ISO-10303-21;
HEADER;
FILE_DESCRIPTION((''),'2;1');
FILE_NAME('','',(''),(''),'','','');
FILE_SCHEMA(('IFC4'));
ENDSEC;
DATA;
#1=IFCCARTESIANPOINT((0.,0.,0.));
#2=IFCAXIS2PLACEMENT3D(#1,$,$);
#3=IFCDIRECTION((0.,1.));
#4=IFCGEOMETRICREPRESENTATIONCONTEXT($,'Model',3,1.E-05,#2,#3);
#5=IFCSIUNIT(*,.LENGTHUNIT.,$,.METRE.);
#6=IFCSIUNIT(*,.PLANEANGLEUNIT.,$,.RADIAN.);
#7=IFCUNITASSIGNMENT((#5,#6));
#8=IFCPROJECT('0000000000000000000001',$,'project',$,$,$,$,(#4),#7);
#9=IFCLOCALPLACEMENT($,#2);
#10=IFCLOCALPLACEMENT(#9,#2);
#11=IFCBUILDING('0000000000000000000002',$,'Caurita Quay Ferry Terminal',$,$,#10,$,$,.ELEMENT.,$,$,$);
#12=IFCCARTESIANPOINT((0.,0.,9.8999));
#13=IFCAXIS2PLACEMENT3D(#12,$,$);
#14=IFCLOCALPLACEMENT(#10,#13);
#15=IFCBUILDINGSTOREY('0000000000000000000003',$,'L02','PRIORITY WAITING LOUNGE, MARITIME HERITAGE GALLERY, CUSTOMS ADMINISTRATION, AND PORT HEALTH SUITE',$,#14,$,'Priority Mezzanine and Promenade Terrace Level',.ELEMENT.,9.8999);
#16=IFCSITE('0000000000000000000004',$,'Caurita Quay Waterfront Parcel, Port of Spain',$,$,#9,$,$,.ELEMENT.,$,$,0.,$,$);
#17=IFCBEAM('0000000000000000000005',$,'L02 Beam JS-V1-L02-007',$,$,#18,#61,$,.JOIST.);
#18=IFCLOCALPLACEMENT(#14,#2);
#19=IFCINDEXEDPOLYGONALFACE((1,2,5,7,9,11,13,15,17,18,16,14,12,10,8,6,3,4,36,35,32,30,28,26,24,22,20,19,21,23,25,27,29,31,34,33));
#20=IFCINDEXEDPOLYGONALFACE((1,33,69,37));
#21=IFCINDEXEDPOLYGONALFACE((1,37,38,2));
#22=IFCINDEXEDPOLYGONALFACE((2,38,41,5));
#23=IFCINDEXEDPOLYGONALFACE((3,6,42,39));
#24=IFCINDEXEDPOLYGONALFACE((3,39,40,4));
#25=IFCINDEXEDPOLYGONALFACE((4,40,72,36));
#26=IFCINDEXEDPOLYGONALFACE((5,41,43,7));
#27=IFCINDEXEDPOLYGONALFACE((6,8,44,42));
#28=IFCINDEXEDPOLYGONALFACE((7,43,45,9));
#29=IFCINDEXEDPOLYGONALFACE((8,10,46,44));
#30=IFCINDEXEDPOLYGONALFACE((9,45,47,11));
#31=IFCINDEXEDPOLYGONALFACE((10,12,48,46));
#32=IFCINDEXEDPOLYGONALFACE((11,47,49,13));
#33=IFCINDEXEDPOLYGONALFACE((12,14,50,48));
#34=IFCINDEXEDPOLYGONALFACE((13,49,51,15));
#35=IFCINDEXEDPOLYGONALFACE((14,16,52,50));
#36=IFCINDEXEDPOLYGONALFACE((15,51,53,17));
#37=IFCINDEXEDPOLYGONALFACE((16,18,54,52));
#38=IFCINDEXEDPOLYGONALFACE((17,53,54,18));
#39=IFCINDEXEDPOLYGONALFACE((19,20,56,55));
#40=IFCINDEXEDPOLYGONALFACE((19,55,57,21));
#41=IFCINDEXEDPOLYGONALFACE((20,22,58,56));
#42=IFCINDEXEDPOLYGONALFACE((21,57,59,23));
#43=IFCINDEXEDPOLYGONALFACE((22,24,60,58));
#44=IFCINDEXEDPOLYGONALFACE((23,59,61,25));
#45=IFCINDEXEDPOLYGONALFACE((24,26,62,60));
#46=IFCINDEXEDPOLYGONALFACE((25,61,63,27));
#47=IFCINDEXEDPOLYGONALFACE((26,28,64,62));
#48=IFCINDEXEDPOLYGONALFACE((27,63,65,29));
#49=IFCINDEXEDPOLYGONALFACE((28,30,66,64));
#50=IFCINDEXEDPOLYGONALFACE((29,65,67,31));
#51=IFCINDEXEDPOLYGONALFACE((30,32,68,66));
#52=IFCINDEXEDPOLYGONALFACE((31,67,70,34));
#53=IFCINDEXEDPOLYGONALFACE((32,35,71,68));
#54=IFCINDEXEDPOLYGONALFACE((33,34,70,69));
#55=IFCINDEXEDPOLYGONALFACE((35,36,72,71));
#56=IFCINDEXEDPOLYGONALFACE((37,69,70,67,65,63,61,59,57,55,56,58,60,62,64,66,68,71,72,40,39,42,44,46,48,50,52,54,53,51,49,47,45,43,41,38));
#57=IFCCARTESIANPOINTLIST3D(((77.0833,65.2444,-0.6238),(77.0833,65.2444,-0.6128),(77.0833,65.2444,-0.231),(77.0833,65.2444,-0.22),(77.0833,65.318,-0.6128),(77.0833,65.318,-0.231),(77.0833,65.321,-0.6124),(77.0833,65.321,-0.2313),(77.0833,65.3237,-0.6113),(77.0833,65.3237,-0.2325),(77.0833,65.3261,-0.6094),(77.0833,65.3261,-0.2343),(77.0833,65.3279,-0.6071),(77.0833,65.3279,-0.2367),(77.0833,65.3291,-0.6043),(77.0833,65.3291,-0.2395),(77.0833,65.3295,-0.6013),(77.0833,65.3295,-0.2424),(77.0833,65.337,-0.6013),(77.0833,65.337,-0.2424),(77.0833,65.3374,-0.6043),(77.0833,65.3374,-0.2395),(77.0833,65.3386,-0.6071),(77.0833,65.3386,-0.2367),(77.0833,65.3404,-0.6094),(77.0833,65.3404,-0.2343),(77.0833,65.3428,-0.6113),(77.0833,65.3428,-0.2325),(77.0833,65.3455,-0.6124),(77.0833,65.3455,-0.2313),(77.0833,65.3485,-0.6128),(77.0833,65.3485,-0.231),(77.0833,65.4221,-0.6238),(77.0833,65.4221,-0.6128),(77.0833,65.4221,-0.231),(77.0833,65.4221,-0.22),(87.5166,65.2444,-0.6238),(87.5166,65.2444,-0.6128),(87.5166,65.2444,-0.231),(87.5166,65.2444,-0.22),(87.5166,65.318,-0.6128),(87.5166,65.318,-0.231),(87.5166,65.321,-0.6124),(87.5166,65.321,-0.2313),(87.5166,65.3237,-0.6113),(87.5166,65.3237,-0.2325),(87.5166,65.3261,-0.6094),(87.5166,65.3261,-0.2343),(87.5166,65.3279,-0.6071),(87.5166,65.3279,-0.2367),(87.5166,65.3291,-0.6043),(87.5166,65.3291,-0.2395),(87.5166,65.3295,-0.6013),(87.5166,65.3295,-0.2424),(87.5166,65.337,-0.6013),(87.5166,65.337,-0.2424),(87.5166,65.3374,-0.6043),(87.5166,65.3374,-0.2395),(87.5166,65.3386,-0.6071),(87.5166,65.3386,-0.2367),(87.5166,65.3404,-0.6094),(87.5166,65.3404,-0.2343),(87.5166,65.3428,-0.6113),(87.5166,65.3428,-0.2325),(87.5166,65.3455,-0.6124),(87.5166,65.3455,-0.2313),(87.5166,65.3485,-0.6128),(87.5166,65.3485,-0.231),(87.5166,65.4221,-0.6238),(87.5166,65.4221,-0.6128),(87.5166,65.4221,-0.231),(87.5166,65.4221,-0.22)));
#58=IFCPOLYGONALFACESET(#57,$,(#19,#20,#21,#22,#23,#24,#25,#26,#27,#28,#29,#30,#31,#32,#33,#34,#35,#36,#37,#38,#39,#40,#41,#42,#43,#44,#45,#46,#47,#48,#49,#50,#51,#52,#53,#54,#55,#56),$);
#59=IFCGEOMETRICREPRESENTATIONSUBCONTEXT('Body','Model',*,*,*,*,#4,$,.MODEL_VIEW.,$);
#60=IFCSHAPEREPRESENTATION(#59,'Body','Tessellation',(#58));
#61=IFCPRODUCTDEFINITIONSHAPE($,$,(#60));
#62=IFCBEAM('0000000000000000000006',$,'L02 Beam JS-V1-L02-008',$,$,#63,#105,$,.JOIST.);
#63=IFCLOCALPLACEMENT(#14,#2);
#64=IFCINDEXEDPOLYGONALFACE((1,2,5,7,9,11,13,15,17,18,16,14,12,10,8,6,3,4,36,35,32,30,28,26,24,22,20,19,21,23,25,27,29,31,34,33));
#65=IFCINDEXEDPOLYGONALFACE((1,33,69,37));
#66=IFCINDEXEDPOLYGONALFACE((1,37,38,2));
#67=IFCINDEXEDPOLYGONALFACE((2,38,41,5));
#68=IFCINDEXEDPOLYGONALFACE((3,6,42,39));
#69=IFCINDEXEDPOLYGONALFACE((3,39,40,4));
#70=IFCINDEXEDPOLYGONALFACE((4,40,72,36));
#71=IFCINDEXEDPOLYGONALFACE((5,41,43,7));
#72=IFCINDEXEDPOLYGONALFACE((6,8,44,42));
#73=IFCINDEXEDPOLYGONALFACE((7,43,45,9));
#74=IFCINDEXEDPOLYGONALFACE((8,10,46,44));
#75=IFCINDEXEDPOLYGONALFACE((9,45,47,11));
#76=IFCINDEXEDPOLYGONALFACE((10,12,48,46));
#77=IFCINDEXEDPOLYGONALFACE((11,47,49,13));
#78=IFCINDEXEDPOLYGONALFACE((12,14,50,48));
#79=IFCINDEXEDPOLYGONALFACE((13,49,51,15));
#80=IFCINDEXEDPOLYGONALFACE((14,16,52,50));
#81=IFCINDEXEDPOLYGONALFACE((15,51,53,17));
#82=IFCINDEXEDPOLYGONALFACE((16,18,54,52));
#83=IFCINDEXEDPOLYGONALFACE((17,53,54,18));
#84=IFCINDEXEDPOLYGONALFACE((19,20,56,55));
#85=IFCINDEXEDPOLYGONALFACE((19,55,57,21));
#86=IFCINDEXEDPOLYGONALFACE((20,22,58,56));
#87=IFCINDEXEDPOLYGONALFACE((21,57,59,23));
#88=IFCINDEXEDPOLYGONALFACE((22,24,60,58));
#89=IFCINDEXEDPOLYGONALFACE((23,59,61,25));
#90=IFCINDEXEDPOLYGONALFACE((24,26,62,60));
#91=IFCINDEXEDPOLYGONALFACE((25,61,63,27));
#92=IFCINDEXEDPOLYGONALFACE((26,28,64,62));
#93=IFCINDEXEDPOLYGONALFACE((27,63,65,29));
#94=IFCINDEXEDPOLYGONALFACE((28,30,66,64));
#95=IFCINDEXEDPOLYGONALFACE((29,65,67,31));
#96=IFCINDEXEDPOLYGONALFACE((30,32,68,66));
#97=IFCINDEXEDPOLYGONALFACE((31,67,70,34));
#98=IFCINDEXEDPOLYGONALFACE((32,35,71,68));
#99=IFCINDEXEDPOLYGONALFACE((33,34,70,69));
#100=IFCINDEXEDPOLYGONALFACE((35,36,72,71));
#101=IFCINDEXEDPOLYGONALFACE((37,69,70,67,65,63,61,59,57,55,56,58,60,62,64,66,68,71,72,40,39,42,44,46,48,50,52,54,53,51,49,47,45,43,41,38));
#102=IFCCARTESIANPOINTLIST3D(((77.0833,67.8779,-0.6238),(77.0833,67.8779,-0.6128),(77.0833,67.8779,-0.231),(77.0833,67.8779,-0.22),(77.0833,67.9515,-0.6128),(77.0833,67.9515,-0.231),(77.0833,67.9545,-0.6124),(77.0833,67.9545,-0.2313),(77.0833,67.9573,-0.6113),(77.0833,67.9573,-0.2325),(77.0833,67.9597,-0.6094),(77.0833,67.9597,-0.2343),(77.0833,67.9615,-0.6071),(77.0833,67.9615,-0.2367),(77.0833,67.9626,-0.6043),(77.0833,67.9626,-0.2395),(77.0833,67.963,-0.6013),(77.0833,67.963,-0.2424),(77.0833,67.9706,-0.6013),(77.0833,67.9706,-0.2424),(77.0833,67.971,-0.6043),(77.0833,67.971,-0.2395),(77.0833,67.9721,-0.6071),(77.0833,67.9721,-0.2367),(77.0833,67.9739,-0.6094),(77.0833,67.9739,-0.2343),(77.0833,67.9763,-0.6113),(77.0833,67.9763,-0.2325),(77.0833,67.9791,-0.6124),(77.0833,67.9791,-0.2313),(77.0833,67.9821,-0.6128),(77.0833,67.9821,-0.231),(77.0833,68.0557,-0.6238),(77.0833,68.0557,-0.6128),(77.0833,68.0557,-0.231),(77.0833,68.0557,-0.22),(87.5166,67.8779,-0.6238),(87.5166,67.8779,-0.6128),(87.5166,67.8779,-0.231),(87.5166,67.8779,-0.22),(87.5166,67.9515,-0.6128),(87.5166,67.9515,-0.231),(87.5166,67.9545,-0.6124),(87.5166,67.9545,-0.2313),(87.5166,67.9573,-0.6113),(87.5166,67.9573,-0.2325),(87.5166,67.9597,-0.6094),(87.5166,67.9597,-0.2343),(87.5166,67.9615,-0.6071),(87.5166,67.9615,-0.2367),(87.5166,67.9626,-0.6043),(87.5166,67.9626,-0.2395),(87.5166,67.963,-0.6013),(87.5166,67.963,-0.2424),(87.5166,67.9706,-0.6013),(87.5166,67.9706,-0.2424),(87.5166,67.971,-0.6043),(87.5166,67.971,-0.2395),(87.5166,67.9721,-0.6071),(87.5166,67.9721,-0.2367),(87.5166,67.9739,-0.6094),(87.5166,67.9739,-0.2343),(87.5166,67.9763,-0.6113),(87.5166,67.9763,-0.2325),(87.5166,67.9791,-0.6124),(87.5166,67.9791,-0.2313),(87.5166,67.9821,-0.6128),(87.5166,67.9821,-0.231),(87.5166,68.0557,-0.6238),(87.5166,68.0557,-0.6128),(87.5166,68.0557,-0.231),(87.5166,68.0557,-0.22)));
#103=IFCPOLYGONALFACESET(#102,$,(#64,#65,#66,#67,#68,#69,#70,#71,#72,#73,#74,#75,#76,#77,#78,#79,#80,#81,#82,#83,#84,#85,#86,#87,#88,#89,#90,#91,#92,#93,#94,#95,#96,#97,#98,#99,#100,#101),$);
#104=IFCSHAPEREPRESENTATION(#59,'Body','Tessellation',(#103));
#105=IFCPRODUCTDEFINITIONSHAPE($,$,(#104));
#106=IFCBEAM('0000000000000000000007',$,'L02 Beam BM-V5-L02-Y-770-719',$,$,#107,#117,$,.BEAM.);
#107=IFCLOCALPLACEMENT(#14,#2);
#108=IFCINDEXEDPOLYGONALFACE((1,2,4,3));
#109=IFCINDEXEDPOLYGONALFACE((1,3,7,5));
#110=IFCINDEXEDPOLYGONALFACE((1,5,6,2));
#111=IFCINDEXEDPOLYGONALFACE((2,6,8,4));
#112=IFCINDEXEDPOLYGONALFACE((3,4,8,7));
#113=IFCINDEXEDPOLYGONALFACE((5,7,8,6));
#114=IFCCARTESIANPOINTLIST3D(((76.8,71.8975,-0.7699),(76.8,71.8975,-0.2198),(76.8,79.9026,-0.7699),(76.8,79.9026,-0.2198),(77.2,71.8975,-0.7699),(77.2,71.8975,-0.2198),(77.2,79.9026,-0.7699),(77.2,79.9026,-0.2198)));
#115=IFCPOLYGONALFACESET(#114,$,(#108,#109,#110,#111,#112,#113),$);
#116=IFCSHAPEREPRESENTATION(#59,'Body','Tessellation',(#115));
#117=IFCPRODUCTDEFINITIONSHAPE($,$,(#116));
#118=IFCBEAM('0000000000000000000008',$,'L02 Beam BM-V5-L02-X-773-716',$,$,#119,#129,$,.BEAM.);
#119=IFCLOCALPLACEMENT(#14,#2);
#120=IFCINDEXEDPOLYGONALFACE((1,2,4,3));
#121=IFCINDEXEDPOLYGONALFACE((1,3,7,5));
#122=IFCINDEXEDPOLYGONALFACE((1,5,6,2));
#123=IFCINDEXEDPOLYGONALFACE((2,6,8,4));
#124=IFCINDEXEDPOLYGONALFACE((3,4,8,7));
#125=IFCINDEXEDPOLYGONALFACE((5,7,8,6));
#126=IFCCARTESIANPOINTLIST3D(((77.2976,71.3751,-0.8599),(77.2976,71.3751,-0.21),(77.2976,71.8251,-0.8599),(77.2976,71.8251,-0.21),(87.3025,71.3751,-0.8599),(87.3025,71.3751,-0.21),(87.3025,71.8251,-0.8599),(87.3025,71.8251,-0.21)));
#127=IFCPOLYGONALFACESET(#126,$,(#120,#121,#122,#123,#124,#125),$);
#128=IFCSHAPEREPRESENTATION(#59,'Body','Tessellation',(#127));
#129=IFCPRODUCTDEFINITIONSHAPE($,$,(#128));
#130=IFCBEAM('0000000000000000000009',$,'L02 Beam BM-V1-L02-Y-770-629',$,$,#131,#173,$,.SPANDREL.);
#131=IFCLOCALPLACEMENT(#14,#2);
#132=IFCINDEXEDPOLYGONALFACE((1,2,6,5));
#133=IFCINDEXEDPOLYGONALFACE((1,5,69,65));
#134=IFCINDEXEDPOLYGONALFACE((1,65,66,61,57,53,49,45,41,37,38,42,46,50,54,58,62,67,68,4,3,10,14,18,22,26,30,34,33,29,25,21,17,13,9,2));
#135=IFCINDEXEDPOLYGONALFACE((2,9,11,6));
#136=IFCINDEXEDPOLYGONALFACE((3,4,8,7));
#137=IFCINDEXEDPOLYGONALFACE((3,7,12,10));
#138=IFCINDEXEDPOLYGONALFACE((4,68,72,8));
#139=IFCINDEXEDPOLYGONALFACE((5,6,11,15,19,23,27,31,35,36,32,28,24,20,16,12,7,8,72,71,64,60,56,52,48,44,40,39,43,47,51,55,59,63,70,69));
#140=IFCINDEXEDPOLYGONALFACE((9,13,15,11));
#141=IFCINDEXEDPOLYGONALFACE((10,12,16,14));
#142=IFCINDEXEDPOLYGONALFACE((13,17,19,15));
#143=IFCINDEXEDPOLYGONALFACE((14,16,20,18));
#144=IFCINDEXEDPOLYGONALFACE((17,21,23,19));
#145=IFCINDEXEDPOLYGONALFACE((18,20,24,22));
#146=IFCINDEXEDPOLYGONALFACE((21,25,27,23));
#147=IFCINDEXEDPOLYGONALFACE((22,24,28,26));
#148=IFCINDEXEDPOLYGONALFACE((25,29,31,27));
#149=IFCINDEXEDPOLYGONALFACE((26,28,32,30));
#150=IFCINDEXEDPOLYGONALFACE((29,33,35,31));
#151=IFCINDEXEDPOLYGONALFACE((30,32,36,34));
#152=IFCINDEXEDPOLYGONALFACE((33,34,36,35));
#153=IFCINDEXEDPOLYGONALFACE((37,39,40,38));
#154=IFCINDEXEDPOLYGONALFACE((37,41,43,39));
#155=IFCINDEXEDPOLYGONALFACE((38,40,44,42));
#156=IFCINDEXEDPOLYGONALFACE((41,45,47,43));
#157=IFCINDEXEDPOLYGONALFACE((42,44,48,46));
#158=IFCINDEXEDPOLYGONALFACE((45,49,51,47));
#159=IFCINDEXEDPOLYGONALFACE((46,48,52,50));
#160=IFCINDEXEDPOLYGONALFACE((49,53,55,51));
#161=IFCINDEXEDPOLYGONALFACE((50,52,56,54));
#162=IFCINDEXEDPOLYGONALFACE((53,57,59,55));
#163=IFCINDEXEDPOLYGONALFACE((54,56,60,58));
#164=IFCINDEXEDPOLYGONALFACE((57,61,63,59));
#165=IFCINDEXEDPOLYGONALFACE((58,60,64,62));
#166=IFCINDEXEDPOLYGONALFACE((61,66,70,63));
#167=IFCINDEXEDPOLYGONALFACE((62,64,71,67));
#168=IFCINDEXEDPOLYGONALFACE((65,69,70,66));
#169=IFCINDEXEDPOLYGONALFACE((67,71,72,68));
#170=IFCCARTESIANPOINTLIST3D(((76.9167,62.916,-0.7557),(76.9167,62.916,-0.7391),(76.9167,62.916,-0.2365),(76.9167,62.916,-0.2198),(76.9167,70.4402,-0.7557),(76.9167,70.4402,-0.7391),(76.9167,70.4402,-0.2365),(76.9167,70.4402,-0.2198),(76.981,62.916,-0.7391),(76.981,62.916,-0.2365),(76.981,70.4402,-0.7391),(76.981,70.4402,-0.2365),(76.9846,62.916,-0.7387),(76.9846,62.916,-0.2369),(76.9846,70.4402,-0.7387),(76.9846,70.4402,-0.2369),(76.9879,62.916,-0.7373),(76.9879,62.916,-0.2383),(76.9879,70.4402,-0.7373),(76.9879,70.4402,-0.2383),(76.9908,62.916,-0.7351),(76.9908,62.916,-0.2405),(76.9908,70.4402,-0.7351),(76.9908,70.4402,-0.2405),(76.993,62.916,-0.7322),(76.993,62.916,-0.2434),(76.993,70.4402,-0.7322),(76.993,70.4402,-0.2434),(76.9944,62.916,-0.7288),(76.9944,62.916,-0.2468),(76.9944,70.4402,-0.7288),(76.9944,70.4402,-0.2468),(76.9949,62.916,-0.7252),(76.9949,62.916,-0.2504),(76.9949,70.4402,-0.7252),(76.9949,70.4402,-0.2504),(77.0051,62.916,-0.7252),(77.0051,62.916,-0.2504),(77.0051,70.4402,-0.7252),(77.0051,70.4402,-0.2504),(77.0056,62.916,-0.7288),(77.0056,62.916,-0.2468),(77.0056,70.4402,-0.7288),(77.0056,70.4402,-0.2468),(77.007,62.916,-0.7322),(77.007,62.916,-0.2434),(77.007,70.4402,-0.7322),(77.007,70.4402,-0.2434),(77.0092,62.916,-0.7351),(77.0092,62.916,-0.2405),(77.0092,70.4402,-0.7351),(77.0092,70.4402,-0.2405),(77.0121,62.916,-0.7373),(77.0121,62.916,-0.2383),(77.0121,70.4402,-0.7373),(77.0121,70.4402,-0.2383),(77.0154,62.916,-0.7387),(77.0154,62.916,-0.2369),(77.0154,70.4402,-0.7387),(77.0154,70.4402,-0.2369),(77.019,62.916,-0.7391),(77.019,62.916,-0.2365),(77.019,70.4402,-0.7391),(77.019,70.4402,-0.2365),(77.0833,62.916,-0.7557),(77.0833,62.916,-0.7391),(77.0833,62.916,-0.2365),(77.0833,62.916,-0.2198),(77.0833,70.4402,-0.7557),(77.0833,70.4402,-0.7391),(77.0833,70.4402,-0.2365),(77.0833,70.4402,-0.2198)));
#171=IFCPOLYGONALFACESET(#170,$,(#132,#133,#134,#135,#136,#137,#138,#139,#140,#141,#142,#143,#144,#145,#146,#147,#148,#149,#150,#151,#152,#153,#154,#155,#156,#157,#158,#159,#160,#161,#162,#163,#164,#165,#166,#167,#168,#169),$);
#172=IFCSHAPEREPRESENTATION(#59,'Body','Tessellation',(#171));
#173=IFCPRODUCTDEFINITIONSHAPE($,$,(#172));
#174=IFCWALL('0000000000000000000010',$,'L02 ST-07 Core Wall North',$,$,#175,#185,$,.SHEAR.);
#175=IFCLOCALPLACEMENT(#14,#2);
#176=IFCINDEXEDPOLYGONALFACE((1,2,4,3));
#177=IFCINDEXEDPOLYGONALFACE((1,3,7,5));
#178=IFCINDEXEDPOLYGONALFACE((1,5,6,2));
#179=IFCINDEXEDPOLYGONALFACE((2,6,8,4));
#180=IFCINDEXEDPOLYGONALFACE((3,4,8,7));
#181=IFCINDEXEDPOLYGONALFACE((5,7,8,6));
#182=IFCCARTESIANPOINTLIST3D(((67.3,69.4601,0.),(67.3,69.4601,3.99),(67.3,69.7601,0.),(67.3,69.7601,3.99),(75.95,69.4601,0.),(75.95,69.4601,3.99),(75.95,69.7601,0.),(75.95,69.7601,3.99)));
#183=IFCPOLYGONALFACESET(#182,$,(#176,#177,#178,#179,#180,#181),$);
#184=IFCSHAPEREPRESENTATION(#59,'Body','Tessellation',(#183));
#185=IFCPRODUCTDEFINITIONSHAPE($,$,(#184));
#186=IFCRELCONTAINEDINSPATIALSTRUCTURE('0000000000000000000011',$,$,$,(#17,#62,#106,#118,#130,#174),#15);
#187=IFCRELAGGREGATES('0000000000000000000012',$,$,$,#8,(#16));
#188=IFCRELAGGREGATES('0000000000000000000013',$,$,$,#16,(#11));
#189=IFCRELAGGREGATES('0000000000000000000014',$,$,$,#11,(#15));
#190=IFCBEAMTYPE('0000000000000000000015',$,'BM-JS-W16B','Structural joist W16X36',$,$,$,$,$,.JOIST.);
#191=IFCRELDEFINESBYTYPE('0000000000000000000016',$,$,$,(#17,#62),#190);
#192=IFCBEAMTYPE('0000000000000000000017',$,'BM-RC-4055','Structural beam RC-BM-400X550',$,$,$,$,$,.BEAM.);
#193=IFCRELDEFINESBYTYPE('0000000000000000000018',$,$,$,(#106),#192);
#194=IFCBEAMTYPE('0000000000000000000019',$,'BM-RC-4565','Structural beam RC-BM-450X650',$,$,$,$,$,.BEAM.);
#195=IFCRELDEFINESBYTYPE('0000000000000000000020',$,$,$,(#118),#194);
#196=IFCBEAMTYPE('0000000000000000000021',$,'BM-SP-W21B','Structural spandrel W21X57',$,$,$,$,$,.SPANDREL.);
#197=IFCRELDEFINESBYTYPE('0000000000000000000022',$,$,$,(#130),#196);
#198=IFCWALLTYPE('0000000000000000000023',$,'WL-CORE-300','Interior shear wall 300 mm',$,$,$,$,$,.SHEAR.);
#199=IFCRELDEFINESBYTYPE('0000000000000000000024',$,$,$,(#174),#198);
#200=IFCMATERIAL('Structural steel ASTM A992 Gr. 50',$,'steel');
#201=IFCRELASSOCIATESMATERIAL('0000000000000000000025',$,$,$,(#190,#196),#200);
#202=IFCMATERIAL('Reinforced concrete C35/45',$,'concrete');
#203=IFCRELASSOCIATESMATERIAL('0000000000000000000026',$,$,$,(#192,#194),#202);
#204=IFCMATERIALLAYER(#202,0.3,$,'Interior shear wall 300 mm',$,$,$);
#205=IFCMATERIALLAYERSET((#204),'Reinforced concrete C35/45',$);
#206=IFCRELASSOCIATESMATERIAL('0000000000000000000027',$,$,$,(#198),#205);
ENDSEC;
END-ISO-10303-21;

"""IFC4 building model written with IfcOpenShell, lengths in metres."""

from ifc_helpers import new_model, si_unit, direction, frame, frame_2d, origin, origin_2d, place, context, subcontext, project, spatial, rectangle, i_section, extrude, material, layer, layer_set, material_profile, profile_set, type_object, element, save


model = new_model("IFC4")

# Units and contexts
model_context = context("Model", 3, precision=1e-05, world=origin(), true_north=direction((0.0, 1.0)))
body_context = subcontext(model_context, "Body", "Model", "MODEL_VIEW")
ifc_project = project(units=[si_unit("LENGTHUNIT", "METRE"), si_unit("PLANEANGLEUNIT", "RADIAN")], contexts=[model_context])

# Site, building, storey
site_placement = place(None, origin())
site = spatial("IfcSite", under=ifc_project, at=site_placement, Name="Caurita Quay Waterfront Parcel, Port of Spain", CompositionType="ELEMENT", RefElevation=0.0)
building_placement = place(site_placement, origin())
building = spatial("IfcBuilding", under=site, at=building_placement, Name="Caurita Quay Ferry Terminal", CompositionType="ELEMENT")
storey_placement = place(building_placement, frame((0.0, 0.0, 9.8999)))
storey = spatial("IfcBuildingStorey", under=building, at=storey_placement, Name="L02", Description="PRIORITY WAITING LOUNGE, MARITIME HERITAGE GALLERY, CUSTOMS ADMINISTRATION, AND PORT HEALTH SUITE", LongName="Priority Mezzanine and Promenade Terrace Level", CompositionType="ELEMENT", Elevation=9.8999)

# Shared definitions
ifc_material_1 = material(Name="Reinforced concrete C35/45", Category="concrete")
ifc_material_2 = material(Name="Structural steel ASTM A992 Gr. 50", Category="steel")

# Beams
ifc_material_profile_1 = material_profile(ifc_material_2, i_section(OverallWidth=0.1777, OverallDepth=0.4038, WebThickness=0.0076, FlangeThickness=0.011, FilletRadius=0.0115, at=origin_2d()), Name="W16X36")
ifc_profile_set_1 = profile_set([ifc_material_profile_1], Name="Structural steel ASTM A992 Gr. 50")
beam_type_1 = type_object("IfcBeamType", Name="BM-JS-W16B", Description="Structural joist W16X36", PredefinedType="JOIST", material=ifc_profile_set_1)
for number, where, z_axis, x_axis, name in (
    (1, (77.0833, 65.3333, -0.4219), (1.0, 0.0, 0.0), (0.0, 1.0, 0.0), "L02 Beam JS-V1-L02-007"),
    (2, (77.0833, 67.9668, -0.4219), (1.0, 0.0, 0.0), (0.0, 1.0, 0.0), "L02 Beam JS-V1-L02-008"),
):
    element("IfcBeam", number, at=place(storey_placement, frame(where, z_axis=z_axis, x_axis=x_axis)), inside=storey, type_object=beam_type_1, Name=name, PredefinedType="JOIST", context=body_context, shape_type="SweptSolid", body=[
        extrude(i_section(OverallWidth=0.1777, OverallDepth=0.4038, WebThickness=0.0076, FlangeThickness=0.011, FilletRadius=0.0115, at=origin_2d()), origin(), (0.0, 0.0, 1.0), 10.4333),
    ])
ifc_material_profile_2 = material_profile(ifc_material_1, rectangle(XDim=0.3999, YDim=0.55, at=origin_2d()), Name="RC-BM-400X550")
ifc_profile_set_2 = profile_set([ifc_material_profile_2], Name="Reinforced concrete C35/45")
beam_type_2 = type_object("IfcBeamType", Name="BM-RC-4055", Description="Structural beam RC-BM-400X550", PredefinedType="BEAM", material=ifc_profile_set_2)
beam_1_placement = place(storey_placement, frame((77.0, 71.8975, -0.4949), z_axis=(0.0, 1.0, 0.0), x_axis=(-1.0, 0.0, 0.0)))
element("IfcBeam", 3, at=beam_1_placement, inside=storey, type_object=beam_type_2, Name="L02 Beam BM-V5-L02-Y-770-719", PredefinedType="BEAM", context=body_context, shape_type="SweptSolid", body=[
    extrude(rectangle(XDim=0.3999, YDim=0.55, at=origin_2d()), origin(), (0.0, 0.0, 1.0), 8.0051),
])
ifc_material_profile_3 = material_profile(ifc_material_1, rectangle(XDim=0.45, YDim=0.6499, at=origin_2d()), Name="RC-BM-450X650")
ifc_profile_set_3 = profile_set([ifc_material_profile_3], Name="Reinforced concrete C35/45")
beam_type_3 = type_object("IfcBeamType", Name="BM-RC-4565", Description="Structural beam RC-BM-450X650", PredefinedType="BEAM", material=ifc_profile_set_3)
beam_2_placement = place(storey_placement, frame((77.2976, 71.6001, -0.5349), z_axis=(1.0, 0.0, 0.0), x_axis=(0.0, 1.0, 0.0)))
element("IfcBeam", 4, at=beam_2_placement, inside=storey, type_object=beam_type_3, Name="L02 Beam BM-V5-L02-X-773-716", PredefinedType="BEAM", context=body_context, shape_type="SweptSolid", body=[
    extrude(rectangle(XDim=0.45, YDim=0.6499, at=origin_2d()), origin(), (0.0, 0.0, 1.0), 10.0049),
])
ifc_material_profile_4 = material_profile(ifc_material_2, i_section(OverallWidth=0.1665, OverallDepth=0.5359, WebThickness=0.0103, FlangeThickness=0.0166, FilletRadius=0.0139, at=origin_2d()), Name="W21X57")
ifc_profile_set_4 = profile_set([ifc_material_profile_4], Name="Structural steel ASTM A992 Gr. 50")
beam_type_4 = type_object("IfcBeamType", Name="BM-SP-W21B", Description="Structural spandrel W21X57", PredefinedType="SPANDREL", material=ifc_profile_set_4)
beam_3_placement = place(storey_placement, frame((77.0, 62.916, -0.4878), z_axis=(0.0, 1.0, 0.0), x_axis=(-1.0, 0.0, 0.0)))
element("IfcBeam", 5, at=beam_3_placement, inside=storey, type_object=beam_type_4, Name="L02 Beam BM-V1-L02-Y-770-629", PredefinedType="SPANDREL", context=body_context, shape_type="SweptSolid", body=[
    extrude(i_section(OverallWidth=0.1665, OverallDepth=0.5359, WebThickness=0.0103, FlangeThickness=0.0166, FilletRadius=0.0139, at=origin_2d()), origin(), (0.0, 0.0, 1.0), 7.5242),
])

# Wall
ifc_layer_1 = layer(ifc_material_1, 0.3, Name="Interior shear wall 300 mm")
ifc_layer_set_1 = layer_set([ifc_layer_1], Name="Reinforced concrete C35/45")
wall_type_1 = type_object("IfcWallType", Name="WL-CORE-300", Description="Interior shear wall 300 mm", PredefinedType="SHEAR", material=ifc_layer_set_1)
wall_1_placement = place(storey_placement, frame((75.95, 69.6101, 0.0), z_axis=(0.0, 0.0, 1.0), x_axis=(-1.0, 0.0, 0.0)))
element("IfcWall", 6, at=wall_1_placement, inside=storey, type_object=wall_type_1, Name="L02 ST-07 Core Wall North", PredefinedType="SHEAR", context=body_context, shape_type="SweptSolid", body=[
    extrude(rectangle(XDim=8.6499, YDim=0.3, at=frame_2d((4.325, 0.0))), origin(), (0.0, 0.0, 1.0), 3.99),
])

save(model, "model.ifc")
